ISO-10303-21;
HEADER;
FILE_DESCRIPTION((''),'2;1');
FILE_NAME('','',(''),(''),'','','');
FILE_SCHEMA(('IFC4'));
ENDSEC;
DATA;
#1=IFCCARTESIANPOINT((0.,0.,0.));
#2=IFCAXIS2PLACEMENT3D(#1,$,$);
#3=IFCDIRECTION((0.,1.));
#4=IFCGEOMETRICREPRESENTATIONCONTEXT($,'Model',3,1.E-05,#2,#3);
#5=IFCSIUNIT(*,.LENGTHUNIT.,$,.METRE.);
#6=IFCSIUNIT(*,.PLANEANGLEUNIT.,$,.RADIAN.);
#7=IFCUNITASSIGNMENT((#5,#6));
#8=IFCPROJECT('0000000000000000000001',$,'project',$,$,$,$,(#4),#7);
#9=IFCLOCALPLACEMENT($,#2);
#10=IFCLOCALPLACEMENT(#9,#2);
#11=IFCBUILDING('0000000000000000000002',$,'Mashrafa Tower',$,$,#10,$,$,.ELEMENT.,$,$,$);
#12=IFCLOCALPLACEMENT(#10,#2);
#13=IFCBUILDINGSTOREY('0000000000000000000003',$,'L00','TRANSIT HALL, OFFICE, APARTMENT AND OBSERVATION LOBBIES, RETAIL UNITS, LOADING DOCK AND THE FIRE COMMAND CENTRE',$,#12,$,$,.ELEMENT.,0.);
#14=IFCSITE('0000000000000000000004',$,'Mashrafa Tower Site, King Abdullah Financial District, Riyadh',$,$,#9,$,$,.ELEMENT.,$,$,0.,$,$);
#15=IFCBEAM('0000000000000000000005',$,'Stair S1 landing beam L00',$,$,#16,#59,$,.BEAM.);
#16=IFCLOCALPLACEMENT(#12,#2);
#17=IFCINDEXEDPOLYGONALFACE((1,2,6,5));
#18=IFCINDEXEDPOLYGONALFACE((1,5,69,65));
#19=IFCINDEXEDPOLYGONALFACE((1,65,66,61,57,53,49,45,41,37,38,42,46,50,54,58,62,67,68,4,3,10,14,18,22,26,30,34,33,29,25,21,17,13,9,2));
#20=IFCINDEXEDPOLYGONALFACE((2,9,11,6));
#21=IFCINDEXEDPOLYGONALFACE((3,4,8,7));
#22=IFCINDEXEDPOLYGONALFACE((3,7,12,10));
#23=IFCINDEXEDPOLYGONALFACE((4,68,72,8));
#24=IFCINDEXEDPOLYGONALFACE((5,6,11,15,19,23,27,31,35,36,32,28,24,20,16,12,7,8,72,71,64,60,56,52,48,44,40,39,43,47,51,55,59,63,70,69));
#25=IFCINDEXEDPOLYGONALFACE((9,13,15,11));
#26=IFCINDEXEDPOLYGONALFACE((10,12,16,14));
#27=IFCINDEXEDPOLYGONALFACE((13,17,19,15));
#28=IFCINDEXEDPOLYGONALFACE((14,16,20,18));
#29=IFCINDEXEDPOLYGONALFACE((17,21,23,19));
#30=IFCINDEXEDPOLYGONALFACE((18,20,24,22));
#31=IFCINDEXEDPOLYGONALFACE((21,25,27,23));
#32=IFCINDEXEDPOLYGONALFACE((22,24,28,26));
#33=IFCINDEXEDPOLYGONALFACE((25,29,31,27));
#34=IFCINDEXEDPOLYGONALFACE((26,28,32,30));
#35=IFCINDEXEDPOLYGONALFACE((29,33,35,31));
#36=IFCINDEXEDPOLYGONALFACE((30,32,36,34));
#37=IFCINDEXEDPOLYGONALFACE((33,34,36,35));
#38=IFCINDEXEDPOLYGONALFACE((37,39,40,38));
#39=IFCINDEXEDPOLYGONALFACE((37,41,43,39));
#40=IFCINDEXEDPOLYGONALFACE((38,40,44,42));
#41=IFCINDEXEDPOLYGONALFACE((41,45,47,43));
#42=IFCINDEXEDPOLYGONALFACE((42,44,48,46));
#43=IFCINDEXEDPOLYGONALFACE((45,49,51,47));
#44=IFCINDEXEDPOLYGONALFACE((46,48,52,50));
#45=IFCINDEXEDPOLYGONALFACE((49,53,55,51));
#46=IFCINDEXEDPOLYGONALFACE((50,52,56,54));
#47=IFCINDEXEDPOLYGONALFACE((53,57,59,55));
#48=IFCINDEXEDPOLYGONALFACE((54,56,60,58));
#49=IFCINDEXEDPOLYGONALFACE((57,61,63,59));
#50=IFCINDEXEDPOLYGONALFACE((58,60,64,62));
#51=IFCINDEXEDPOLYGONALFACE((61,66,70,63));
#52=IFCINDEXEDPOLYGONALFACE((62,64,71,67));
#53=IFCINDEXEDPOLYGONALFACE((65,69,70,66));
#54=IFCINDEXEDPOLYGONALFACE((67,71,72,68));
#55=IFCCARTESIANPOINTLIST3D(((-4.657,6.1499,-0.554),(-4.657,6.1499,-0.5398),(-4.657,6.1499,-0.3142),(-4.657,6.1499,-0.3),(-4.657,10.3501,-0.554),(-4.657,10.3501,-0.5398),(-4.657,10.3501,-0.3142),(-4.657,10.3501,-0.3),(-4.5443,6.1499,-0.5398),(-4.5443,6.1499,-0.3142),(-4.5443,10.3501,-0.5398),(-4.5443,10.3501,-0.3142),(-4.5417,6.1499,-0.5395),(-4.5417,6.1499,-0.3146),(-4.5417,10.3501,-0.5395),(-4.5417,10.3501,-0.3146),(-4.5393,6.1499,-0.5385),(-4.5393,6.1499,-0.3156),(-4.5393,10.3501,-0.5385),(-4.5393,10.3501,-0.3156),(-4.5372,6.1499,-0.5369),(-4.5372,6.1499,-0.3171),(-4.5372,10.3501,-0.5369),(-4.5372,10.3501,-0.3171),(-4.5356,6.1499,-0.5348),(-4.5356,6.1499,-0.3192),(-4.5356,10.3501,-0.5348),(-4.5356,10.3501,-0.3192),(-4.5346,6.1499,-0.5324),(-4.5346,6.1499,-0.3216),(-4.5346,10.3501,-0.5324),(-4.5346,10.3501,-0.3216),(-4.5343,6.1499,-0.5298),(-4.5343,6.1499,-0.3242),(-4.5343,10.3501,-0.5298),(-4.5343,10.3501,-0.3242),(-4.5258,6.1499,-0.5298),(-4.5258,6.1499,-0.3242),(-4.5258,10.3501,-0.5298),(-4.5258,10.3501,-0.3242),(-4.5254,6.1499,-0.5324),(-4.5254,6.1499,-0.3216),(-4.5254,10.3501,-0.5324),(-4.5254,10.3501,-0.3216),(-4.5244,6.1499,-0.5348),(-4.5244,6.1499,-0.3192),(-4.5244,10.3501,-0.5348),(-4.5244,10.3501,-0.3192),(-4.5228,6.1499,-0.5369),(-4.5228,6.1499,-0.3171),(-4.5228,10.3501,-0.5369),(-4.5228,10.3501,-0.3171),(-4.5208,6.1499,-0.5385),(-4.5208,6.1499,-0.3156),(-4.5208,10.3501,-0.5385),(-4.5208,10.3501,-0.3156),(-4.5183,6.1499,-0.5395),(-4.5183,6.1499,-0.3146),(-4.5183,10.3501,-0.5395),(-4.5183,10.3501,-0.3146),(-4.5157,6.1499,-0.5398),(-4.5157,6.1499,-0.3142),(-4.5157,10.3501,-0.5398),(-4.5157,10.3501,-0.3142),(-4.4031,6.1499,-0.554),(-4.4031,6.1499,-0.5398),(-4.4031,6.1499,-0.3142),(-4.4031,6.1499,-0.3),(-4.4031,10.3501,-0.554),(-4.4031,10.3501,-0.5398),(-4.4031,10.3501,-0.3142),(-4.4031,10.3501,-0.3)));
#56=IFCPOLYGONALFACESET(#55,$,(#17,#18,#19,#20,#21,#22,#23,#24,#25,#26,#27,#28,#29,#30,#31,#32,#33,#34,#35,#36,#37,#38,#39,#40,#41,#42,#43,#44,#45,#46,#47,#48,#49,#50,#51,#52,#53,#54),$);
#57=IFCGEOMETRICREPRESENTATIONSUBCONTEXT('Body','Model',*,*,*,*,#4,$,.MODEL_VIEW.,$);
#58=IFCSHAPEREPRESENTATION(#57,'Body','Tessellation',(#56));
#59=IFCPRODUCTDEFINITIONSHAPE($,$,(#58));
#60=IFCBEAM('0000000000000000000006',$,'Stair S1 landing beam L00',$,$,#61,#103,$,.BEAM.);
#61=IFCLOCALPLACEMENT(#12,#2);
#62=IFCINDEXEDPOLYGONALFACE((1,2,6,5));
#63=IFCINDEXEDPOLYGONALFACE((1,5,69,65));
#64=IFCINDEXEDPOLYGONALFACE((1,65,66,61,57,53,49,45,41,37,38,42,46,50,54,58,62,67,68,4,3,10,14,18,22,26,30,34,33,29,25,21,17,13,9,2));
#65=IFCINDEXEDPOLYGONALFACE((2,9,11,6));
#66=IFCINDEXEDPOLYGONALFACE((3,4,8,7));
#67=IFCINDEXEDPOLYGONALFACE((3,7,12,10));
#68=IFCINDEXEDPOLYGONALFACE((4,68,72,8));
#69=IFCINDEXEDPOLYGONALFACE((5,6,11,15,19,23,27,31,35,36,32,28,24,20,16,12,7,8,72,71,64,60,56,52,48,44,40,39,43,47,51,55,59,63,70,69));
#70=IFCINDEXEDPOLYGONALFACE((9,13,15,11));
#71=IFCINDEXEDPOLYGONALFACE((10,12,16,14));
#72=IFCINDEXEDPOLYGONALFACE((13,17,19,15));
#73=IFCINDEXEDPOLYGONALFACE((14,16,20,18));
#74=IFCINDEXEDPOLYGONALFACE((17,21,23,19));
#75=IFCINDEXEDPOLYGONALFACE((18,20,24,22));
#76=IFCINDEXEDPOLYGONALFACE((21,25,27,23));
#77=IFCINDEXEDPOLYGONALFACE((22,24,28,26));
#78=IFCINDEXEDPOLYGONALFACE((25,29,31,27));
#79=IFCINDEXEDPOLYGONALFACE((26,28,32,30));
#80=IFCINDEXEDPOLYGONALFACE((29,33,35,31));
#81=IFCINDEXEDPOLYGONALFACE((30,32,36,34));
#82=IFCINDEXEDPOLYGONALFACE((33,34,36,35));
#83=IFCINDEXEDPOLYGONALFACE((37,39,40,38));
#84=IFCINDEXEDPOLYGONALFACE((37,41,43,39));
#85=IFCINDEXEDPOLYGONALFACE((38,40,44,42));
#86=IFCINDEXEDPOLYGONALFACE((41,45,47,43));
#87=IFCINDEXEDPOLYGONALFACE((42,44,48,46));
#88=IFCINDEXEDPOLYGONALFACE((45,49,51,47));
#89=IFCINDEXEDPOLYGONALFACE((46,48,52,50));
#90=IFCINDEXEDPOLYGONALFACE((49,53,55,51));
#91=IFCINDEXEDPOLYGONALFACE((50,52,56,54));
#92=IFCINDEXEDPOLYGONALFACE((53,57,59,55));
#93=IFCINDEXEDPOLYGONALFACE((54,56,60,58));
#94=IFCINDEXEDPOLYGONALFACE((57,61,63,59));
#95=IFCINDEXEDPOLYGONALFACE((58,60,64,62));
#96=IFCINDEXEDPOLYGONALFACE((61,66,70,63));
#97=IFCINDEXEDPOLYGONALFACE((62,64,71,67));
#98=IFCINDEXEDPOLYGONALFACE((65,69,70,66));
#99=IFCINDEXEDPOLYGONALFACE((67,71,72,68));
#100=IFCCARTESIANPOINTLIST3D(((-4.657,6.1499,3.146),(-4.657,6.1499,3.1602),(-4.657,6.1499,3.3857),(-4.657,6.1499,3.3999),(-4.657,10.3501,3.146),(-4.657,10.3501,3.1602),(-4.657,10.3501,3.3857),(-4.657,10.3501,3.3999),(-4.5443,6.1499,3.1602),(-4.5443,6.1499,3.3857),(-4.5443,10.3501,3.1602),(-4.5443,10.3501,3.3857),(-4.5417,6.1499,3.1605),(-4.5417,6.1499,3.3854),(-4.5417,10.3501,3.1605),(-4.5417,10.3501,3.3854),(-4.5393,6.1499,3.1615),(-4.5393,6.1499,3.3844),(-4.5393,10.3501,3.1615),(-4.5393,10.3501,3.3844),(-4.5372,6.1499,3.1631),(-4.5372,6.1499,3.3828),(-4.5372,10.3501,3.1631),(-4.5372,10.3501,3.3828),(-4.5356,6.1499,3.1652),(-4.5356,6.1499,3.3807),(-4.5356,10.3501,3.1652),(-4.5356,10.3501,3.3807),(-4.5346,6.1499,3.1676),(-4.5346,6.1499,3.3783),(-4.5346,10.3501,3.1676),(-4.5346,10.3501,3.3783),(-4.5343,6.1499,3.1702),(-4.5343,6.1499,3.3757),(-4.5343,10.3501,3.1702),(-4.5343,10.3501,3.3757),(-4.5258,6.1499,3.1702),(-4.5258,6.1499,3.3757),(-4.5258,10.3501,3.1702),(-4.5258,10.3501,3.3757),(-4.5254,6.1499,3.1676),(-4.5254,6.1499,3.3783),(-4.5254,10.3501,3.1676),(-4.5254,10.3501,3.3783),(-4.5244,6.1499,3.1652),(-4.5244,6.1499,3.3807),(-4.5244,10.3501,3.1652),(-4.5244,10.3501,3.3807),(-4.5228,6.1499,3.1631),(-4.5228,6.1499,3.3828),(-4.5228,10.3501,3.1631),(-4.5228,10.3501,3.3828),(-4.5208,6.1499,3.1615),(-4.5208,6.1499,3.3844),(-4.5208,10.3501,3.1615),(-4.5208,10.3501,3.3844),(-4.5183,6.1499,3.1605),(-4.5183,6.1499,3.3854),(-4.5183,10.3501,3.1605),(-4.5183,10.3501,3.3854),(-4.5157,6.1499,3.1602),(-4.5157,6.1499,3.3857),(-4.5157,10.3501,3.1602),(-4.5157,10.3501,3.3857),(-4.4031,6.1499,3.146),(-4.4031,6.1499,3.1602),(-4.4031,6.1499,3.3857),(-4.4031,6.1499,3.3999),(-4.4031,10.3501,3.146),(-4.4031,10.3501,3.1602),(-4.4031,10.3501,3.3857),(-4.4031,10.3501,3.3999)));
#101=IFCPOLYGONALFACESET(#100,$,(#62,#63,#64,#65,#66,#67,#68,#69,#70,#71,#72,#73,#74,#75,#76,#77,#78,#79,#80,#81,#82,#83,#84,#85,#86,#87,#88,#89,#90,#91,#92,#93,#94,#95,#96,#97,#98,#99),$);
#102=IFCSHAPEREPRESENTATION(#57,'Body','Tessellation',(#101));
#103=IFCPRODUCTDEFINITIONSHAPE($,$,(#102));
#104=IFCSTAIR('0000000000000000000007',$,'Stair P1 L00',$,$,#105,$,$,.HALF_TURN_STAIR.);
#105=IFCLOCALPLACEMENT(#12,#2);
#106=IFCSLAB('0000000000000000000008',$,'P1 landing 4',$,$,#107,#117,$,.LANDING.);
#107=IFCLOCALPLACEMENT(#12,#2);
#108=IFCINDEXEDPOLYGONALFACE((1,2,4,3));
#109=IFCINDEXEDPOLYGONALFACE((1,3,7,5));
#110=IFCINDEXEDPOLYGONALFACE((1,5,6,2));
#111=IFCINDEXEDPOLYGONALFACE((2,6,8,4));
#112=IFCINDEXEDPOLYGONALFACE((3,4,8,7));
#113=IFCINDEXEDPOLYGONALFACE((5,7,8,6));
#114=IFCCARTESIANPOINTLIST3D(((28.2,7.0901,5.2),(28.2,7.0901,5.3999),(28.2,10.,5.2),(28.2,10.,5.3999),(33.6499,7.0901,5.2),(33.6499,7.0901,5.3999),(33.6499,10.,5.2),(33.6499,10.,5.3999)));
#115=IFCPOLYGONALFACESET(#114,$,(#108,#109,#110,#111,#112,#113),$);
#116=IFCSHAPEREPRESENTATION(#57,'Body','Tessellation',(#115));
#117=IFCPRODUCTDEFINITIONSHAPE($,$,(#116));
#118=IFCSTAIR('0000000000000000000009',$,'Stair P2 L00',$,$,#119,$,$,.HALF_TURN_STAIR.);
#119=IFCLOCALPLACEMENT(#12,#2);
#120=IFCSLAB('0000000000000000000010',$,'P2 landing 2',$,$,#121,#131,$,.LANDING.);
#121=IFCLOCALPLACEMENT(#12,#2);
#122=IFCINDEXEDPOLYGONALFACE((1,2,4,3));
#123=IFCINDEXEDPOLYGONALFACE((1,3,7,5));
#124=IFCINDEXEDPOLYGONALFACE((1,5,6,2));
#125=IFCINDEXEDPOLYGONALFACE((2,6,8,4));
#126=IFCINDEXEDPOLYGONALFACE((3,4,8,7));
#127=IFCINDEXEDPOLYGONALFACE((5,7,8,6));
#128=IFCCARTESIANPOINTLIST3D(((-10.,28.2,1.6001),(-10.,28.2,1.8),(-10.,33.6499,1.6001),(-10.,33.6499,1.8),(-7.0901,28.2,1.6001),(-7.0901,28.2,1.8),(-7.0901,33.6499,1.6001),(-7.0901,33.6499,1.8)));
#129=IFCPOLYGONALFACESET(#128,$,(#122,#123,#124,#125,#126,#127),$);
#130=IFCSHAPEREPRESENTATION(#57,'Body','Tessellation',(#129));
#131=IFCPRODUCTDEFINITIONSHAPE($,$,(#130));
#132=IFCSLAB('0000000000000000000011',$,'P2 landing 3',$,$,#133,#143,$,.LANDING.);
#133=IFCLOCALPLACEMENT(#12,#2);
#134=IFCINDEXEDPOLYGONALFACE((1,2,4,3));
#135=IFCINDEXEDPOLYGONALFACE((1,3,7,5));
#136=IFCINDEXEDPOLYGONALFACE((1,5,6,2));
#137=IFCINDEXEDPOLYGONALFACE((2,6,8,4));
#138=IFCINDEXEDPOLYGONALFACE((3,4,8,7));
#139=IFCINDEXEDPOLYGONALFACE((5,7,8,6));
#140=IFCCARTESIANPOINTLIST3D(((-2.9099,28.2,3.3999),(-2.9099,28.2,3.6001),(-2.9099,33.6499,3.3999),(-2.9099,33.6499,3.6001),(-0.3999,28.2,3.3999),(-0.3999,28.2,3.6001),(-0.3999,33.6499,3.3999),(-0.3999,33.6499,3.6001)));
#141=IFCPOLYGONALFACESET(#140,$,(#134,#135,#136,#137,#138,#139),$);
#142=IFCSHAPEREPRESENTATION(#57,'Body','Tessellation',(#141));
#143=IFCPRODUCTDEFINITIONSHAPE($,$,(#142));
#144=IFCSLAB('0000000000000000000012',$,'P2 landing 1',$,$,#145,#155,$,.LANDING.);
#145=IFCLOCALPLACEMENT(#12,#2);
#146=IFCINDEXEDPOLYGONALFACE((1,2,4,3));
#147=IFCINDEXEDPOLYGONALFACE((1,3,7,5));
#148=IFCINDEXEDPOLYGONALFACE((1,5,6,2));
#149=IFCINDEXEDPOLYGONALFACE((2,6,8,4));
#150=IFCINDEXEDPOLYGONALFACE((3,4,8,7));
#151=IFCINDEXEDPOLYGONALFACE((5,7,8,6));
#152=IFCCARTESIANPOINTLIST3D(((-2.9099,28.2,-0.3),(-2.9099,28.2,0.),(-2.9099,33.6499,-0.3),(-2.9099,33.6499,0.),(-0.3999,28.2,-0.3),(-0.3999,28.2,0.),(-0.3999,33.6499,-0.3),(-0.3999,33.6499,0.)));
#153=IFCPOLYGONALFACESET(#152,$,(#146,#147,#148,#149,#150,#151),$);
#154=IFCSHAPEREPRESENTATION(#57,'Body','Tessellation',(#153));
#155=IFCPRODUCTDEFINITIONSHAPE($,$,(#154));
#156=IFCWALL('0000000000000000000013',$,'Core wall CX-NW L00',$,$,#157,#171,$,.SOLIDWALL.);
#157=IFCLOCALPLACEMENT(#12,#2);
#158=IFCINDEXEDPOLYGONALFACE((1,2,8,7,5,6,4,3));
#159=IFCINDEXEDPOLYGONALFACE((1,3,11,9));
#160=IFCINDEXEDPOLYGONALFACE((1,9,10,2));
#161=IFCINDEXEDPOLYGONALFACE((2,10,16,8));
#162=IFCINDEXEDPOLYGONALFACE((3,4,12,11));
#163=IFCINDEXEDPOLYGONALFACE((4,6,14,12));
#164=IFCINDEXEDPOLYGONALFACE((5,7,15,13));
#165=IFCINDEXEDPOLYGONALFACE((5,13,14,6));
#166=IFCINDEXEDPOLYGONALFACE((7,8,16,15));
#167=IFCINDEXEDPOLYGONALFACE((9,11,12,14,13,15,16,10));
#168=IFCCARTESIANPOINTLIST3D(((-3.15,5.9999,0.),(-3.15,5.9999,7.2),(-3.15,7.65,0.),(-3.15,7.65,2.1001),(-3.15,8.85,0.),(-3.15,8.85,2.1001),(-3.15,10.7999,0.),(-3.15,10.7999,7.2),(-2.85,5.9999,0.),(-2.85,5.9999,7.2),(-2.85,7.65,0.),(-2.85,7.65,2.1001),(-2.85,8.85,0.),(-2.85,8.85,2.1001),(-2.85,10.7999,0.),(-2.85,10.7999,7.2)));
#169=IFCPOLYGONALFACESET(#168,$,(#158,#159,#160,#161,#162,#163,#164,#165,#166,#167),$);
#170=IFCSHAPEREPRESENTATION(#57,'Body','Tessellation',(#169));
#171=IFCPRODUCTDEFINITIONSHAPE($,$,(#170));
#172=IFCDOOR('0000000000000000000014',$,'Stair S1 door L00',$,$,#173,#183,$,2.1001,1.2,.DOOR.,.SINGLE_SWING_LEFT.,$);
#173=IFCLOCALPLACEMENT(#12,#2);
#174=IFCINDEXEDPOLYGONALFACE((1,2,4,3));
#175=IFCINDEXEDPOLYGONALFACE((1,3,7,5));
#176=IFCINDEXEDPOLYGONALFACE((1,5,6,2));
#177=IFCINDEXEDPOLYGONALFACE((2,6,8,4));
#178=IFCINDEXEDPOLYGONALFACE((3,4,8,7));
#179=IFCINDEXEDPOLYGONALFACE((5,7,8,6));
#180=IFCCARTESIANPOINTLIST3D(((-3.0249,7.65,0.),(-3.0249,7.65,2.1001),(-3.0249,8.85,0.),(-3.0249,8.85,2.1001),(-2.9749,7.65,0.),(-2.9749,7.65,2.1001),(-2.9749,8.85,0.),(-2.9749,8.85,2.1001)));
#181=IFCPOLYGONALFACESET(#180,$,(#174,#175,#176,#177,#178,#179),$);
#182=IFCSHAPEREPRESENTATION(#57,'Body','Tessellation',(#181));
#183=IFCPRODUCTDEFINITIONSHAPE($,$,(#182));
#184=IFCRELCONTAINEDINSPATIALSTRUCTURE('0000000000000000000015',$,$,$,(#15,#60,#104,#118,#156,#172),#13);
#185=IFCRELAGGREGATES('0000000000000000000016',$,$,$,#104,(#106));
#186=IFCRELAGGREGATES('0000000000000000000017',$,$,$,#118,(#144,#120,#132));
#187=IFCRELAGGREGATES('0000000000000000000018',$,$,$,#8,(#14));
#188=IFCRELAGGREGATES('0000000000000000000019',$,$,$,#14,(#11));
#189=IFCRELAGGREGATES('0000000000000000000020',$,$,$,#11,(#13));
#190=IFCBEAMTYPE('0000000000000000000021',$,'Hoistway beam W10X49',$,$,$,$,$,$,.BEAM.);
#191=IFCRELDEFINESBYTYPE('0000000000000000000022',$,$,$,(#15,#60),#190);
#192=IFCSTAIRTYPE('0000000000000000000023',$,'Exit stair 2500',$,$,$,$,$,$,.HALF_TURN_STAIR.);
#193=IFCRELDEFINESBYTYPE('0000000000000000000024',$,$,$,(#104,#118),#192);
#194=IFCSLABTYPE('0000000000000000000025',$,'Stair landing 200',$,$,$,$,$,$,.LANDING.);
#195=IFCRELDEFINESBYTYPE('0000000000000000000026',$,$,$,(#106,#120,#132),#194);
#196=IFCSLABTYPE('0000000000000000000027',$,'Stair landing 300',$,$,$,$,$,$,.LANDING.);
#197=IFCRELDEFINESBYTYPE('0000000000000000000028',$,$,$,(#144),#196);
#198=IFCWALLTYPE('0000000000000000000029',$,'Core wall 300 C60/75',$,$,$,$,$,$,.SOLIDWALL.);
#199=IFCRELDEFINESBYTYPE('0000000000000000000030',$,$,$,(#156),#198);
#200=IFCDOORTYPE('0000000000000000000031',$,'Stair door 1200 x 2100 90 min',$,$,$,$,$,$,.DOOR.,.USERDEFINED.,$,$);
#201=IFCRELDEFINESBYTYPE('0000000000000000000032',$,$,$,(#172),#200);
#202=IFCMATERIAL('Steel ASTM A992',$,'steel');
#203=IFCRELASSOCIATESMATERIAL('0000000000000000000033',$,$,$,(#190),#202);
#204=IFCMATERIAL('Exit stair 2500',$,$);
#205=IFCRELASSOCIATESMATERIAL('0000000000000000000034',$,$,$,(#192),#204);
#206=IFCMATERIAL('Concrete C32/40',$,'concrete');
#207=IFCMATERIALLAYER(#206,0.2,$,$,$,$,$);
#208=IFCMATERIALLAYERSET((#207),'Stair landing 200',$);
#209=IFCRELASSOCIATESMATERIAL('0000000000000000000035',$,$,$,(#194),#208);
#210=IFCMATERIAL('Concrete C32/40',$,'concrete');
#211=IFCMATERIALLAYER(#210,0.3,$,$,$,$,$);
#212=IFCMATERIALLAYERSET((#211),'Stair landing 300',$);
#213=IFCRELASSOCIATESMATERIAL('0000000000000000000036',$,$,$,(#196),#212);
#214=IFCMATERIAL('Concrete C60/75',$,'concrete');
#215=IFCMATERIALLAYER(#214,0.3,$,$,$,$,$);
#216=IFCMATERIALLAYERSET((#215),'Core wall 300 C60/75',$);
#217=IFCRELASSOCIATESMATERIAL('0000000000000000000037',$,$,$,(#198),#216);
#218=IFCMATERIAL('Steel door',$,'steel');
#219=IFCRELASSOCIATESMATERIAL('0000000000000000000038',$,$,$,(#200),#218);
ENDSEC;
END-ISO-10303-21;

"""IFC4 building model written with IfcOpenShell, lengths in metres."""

from ifc_helpers import new_model, si_unit, direction, frame, frame_2d, origin, origin_2d, place, context, subcontext, project, spatial, polyline, rectangle, i_section, outline, extrude, material, layer, layer_set, material_profile, profile_set, type_object, element, fill, aggregate, save


model = new_model("IFC4")

# Units and contexts
model_context = context("Model", 3, precision=1e-05, world=origin(), true_north=direction((0.0, 1.0)))
body_context = subcontext(model_context, "Body", "Model", "MODEL_VIEW")
ifc_project = project(units=[si_unit("LENGTHUNIT", "METRE"), si_unit("PLANEANGLEUNIT", "RADIAN")], contexts=[model_context])

# Site, building, storey
site_placement = place(None, origin())
site = spatial("IfcSite", under=ifc_project, at=site_placement, Name="Mashrafa Tower Site, King Abdullah Financial District, Riyadh", CompositionType="ELEMENT", RefElevation=0.0)
building_placement = place(site_placement, origin())
building = spatial("IfcBuilding", under=site, at=building_placement, Name="Mashrafa Tower", CompositionType="ELEMENT")
storey_placement = place(building_placement, origin())
storey = spatial("IfcBuildingStorey", under=building, at=storey_placement, Name="L00", Description="TRANSIT HALL, OFFICE, APARTMENT AND OBSERVATION LOBBIES, RETAIL UNITS, LOADING DOCK AND THE FIRE COMMAND CENTRE", CompositionType="ELEMENT", Elevation=0.0)

# Beams
ifc_material_1 = material(Name="Steel ASTM A992", Category="steel")
ifc_material_profile_1 = material_profile(ifc_material_1, i_section(OverallWidth=0.2539, OverallDepth=0.2539, WebThickness=0.0085, FlangeThickness=0.0142, FilletRadius=0.01, at=origin_2d()), Name="W10X49")
ifc_profile_set_1 = profile_set([ifc_material_profile_1], Name="Steel ASTM A992")
beam_type_1 = type_object("IfcBeamType", Name="Hoistway beam W10X49", PredefinedType="BEAM", material=ifc_profile_set_1)
for number, where, z_axis, x_axis, name in (
    (1, (-4.53, 6.1499, -0.427), (0.0, 1.0, 0.0), (-1.0, 0.0, 0.0), "Stair S1 landing beam L00"),
    (2, (-4.53, 6.1499, 3.2729), (0.0, 1.0, 0.0), (-1.0, 0.0, 0.0), "Stair S1 landing beam L00"),
):
    element("IfcBeam", number, at=place(storey_placement, frame(where, z_axis=z_axis, x_axis=x_axis)), inside=storey, type_object=beam_type_1, Name=name, PredefinedType="BEAM", context=body_context, shape_type="SweptSolid", body=[
        extrude(i_section(OverallWidth=0.2539, OverallDepth=0.2539, WebThickness=0.0085, FlangeThickness=0.0142, FilletRadius=0.01, at=origin_2d()), origin(), (0.0, 0.0, 1.0), 4.2002),
    ])

# Stair, slab
ifc_material_2 = material(Name="Exit stair 2500")
stair_type_1 = type_object("IfcStairType", Name="Exit stair 2500", PredefinedType="HALF_TURN_STAIR", material=ifc_material_2)
stair_1_placement = place(storey_placement, origin())
stair_1 = element("IfcStair", 3, at=stair_1_placement, inside=storey, type_object=stair_type_1, Name="Stair P1 L00", PredefinedType="HALF_TURN_STAIR")
ifc_material_3 = material(Name="Concrete C32/40", Category="concrete")
ifc_layer_1 = layer(ifc_material_3, 0.2)
ifc_layer_set_1 = layer_set([ifc_layer_1], Name="Stair landing 200")
slab_type_1 = type_object("IfcSlabType", Name="Stair landing 200", PredefinedType="LANDING", material=ifc_layer_set_1)
slab_1_placement = place(storey_placement, frame((0.0, 0.0, 5.2)))
slab_1 = element("IfcSlab", 4, at=slab_1_placement, type_object=slab_type_1, Name="P1 landing 4", PredefinedType="LANDING", context=body_context, shape_type="SweptSolid", body=[
    extrude(outline(polyline([(33.6499, 7.0901), (33.6499, 10.0), (28.2, 10.0), (28.2, 7.0901), (33.6499, 7.0901)])), origin(), (0.0, 0.0, 1.0), 0.2),
])
aggregate(stair_1, [slab_1])

# Stair, slabs
stair_2_placement = place(storey_placement, origin())
stair_2 = element("IfcStair", 5, at=stair_2_placement, inside=storey, type_object=stair_type_1, Name="Stair P2 L00", PredefinedType="HALF_TURN_STAIR")
slab_2_placement = place(storey_placement, frame((0.0, 0.0, 1.6001)))
slab_2 = element("IfcSlab", 6, at=slab_2_placement, type_object=slab_type_1, Name="P2 landing 2", PredefinedType="LANDING", context=body_context, shape_type="SweptSolid", body=[
    extrude(outline(polyline([(-10.0, 28.2), (-7.0901, 28.2), (-7.0901, 33.6499), (-10.0, 33.6499), (-10.0, 28.2)])), origin(), (0.0, 0.0, 1.0), 0.2),
])
slab_3_placement = place(storey_placement, frame((0.0, 0.0, 3.3999)))
slab_3 = element("IfcSlab", 7, at=slab_3_placement, type_object=slab_type_1, Name="P2 landing 3", PredefinedType="LANDING", context=body_context, shape_type="SweptSolid", body=[
    extrude(outline(polyline([(-2.9099, 28.2), (-0.3999, 28.2), (-0.3999, 33.6499), (-2.9099, 33.6499), (-2.9099, 28.2)])), origin(), (0.0, 0.0, 1.0), 0.2002),
])
ifc_material_4 = material(Name="Concrete C32/40", Category="concrete")
ifc_layer_2 = layer(ifc_material_4, 0.3)
ifc_layer_set_2 = layer_set([ifc_layer_2], Name="Stair landing 300")
slab_type_2 = type_object("IfcSlabType", Name="Stair landing 300", PredefinedType="LANDING", material=ifc_layer_set_2)
slab_4_placement = place(storey_placement, frame((0.0, 0.0, -0.3)))
slab_4 = element("IfcSlab", 8, at=slab_4_placement, type_object=slab_type_2, Name="P2 landing 1", PredefinedType="LANDING", context=body_context, shape_type="SweptSolid", body=[
    extrude(outline(polyline([(-2.9099, 28.2), (-0.3999, 28.2), (-0.3999, 33.6499), (-2.9099, 33.6499), (-2.9099, 28.2)])), origin(), (0.0, 0.0, 1.0), 0.3),
])
aggregate(stair_2, [slab_4, slab_2, slab_3])

# Wall, opening, door
ifc_material_5 = material(Name="Concrete C60/75", Category="concrete")
ifc_layer_3 = layer(ifc_material_5, 0.3)
ifc_layer_set_3 = layer_set([ifc_layer_3], Name="Core wall 300 C60/75")
wall_type_1 = type_object("IfcWallType", Name="Core wall 300 C60/75", PredefinedType="SOLIDWALL", material=ifc_layer_set_3)
wall_1_placement = place(storey_placement, frame((-3.0, 6.0, 0.0), z_axis=(0.0, 0.0, 1.0), x_axis=(0.0, 1.0, 0.0)))
wall_1 = element("IfcWall", 9, at=wall_1_placement, inside=storey, type_object=wall_type_1, Name="Core wall CX-NW L00", PredefinedType="SOLIDWALL", context=body_context, shape_type="SweptSolid", body=[
    extrude(rectangle(XDim=4.8, YDim=0.3, at=frame_2d((2.3999, 0.0))), origin(), (0.0, 0.0, 1.0), 7.2),
])
opening_placement = place(wall_1_placement, frame((1.6499, 0.0, 0.0)))
opening = element("IfcOpeningElement", 10, at=opening_placement, cuts=wall_1, PredefinedType="OPENING", context=body_context, shape_type="SweptSolid", body=[
    extrude(rectangle(XDim=1.2, YDim=2.1001, at=frame_2d((0.6001, 1.05))), frame((0.0, 0.1599, 0.0), z_axis=(0.0, -1.0, 0.0), x_axis=(1.0, 0.0, 0.0)), (0.0, 0.0, 1.0), 0.3201),
])
ifc_material_6 = material(Name="Steel door", Category="steel")
door_type = type_object("IfcDoorType", Name="Stair door 1200 x 2100 90 min", OperationType="USERDEFINED", PredefinedType="DOOR", material=ifc_material_6)
door_placement = place(opening_placement, origin())
door = element("IfcDoor", 11, at=door_placement, inside=storey, type_object=door_type, Name="Stair S1 door L00", OperationType="SINGLE_SWING_LEFT", OverallHeight=2.1001, OverallWidth=1.2, PredefinedType="DOOR", context=body_context, shape_type="SweptSolid", body=[
    extrude(rectangle(XDim=1.2, YDim=2.1001, at=frame_2d((0.6001, 1.05))), frame((0.0, 0.0249, 0.0), z_axis=(0.0, -1.0, 0.0), x_axis=(1.0, 0.0, 0.0)), (0.0, 0.0, 1.0), 0.05),
])
fill(opening, door)

save(model, "model.ifc")
